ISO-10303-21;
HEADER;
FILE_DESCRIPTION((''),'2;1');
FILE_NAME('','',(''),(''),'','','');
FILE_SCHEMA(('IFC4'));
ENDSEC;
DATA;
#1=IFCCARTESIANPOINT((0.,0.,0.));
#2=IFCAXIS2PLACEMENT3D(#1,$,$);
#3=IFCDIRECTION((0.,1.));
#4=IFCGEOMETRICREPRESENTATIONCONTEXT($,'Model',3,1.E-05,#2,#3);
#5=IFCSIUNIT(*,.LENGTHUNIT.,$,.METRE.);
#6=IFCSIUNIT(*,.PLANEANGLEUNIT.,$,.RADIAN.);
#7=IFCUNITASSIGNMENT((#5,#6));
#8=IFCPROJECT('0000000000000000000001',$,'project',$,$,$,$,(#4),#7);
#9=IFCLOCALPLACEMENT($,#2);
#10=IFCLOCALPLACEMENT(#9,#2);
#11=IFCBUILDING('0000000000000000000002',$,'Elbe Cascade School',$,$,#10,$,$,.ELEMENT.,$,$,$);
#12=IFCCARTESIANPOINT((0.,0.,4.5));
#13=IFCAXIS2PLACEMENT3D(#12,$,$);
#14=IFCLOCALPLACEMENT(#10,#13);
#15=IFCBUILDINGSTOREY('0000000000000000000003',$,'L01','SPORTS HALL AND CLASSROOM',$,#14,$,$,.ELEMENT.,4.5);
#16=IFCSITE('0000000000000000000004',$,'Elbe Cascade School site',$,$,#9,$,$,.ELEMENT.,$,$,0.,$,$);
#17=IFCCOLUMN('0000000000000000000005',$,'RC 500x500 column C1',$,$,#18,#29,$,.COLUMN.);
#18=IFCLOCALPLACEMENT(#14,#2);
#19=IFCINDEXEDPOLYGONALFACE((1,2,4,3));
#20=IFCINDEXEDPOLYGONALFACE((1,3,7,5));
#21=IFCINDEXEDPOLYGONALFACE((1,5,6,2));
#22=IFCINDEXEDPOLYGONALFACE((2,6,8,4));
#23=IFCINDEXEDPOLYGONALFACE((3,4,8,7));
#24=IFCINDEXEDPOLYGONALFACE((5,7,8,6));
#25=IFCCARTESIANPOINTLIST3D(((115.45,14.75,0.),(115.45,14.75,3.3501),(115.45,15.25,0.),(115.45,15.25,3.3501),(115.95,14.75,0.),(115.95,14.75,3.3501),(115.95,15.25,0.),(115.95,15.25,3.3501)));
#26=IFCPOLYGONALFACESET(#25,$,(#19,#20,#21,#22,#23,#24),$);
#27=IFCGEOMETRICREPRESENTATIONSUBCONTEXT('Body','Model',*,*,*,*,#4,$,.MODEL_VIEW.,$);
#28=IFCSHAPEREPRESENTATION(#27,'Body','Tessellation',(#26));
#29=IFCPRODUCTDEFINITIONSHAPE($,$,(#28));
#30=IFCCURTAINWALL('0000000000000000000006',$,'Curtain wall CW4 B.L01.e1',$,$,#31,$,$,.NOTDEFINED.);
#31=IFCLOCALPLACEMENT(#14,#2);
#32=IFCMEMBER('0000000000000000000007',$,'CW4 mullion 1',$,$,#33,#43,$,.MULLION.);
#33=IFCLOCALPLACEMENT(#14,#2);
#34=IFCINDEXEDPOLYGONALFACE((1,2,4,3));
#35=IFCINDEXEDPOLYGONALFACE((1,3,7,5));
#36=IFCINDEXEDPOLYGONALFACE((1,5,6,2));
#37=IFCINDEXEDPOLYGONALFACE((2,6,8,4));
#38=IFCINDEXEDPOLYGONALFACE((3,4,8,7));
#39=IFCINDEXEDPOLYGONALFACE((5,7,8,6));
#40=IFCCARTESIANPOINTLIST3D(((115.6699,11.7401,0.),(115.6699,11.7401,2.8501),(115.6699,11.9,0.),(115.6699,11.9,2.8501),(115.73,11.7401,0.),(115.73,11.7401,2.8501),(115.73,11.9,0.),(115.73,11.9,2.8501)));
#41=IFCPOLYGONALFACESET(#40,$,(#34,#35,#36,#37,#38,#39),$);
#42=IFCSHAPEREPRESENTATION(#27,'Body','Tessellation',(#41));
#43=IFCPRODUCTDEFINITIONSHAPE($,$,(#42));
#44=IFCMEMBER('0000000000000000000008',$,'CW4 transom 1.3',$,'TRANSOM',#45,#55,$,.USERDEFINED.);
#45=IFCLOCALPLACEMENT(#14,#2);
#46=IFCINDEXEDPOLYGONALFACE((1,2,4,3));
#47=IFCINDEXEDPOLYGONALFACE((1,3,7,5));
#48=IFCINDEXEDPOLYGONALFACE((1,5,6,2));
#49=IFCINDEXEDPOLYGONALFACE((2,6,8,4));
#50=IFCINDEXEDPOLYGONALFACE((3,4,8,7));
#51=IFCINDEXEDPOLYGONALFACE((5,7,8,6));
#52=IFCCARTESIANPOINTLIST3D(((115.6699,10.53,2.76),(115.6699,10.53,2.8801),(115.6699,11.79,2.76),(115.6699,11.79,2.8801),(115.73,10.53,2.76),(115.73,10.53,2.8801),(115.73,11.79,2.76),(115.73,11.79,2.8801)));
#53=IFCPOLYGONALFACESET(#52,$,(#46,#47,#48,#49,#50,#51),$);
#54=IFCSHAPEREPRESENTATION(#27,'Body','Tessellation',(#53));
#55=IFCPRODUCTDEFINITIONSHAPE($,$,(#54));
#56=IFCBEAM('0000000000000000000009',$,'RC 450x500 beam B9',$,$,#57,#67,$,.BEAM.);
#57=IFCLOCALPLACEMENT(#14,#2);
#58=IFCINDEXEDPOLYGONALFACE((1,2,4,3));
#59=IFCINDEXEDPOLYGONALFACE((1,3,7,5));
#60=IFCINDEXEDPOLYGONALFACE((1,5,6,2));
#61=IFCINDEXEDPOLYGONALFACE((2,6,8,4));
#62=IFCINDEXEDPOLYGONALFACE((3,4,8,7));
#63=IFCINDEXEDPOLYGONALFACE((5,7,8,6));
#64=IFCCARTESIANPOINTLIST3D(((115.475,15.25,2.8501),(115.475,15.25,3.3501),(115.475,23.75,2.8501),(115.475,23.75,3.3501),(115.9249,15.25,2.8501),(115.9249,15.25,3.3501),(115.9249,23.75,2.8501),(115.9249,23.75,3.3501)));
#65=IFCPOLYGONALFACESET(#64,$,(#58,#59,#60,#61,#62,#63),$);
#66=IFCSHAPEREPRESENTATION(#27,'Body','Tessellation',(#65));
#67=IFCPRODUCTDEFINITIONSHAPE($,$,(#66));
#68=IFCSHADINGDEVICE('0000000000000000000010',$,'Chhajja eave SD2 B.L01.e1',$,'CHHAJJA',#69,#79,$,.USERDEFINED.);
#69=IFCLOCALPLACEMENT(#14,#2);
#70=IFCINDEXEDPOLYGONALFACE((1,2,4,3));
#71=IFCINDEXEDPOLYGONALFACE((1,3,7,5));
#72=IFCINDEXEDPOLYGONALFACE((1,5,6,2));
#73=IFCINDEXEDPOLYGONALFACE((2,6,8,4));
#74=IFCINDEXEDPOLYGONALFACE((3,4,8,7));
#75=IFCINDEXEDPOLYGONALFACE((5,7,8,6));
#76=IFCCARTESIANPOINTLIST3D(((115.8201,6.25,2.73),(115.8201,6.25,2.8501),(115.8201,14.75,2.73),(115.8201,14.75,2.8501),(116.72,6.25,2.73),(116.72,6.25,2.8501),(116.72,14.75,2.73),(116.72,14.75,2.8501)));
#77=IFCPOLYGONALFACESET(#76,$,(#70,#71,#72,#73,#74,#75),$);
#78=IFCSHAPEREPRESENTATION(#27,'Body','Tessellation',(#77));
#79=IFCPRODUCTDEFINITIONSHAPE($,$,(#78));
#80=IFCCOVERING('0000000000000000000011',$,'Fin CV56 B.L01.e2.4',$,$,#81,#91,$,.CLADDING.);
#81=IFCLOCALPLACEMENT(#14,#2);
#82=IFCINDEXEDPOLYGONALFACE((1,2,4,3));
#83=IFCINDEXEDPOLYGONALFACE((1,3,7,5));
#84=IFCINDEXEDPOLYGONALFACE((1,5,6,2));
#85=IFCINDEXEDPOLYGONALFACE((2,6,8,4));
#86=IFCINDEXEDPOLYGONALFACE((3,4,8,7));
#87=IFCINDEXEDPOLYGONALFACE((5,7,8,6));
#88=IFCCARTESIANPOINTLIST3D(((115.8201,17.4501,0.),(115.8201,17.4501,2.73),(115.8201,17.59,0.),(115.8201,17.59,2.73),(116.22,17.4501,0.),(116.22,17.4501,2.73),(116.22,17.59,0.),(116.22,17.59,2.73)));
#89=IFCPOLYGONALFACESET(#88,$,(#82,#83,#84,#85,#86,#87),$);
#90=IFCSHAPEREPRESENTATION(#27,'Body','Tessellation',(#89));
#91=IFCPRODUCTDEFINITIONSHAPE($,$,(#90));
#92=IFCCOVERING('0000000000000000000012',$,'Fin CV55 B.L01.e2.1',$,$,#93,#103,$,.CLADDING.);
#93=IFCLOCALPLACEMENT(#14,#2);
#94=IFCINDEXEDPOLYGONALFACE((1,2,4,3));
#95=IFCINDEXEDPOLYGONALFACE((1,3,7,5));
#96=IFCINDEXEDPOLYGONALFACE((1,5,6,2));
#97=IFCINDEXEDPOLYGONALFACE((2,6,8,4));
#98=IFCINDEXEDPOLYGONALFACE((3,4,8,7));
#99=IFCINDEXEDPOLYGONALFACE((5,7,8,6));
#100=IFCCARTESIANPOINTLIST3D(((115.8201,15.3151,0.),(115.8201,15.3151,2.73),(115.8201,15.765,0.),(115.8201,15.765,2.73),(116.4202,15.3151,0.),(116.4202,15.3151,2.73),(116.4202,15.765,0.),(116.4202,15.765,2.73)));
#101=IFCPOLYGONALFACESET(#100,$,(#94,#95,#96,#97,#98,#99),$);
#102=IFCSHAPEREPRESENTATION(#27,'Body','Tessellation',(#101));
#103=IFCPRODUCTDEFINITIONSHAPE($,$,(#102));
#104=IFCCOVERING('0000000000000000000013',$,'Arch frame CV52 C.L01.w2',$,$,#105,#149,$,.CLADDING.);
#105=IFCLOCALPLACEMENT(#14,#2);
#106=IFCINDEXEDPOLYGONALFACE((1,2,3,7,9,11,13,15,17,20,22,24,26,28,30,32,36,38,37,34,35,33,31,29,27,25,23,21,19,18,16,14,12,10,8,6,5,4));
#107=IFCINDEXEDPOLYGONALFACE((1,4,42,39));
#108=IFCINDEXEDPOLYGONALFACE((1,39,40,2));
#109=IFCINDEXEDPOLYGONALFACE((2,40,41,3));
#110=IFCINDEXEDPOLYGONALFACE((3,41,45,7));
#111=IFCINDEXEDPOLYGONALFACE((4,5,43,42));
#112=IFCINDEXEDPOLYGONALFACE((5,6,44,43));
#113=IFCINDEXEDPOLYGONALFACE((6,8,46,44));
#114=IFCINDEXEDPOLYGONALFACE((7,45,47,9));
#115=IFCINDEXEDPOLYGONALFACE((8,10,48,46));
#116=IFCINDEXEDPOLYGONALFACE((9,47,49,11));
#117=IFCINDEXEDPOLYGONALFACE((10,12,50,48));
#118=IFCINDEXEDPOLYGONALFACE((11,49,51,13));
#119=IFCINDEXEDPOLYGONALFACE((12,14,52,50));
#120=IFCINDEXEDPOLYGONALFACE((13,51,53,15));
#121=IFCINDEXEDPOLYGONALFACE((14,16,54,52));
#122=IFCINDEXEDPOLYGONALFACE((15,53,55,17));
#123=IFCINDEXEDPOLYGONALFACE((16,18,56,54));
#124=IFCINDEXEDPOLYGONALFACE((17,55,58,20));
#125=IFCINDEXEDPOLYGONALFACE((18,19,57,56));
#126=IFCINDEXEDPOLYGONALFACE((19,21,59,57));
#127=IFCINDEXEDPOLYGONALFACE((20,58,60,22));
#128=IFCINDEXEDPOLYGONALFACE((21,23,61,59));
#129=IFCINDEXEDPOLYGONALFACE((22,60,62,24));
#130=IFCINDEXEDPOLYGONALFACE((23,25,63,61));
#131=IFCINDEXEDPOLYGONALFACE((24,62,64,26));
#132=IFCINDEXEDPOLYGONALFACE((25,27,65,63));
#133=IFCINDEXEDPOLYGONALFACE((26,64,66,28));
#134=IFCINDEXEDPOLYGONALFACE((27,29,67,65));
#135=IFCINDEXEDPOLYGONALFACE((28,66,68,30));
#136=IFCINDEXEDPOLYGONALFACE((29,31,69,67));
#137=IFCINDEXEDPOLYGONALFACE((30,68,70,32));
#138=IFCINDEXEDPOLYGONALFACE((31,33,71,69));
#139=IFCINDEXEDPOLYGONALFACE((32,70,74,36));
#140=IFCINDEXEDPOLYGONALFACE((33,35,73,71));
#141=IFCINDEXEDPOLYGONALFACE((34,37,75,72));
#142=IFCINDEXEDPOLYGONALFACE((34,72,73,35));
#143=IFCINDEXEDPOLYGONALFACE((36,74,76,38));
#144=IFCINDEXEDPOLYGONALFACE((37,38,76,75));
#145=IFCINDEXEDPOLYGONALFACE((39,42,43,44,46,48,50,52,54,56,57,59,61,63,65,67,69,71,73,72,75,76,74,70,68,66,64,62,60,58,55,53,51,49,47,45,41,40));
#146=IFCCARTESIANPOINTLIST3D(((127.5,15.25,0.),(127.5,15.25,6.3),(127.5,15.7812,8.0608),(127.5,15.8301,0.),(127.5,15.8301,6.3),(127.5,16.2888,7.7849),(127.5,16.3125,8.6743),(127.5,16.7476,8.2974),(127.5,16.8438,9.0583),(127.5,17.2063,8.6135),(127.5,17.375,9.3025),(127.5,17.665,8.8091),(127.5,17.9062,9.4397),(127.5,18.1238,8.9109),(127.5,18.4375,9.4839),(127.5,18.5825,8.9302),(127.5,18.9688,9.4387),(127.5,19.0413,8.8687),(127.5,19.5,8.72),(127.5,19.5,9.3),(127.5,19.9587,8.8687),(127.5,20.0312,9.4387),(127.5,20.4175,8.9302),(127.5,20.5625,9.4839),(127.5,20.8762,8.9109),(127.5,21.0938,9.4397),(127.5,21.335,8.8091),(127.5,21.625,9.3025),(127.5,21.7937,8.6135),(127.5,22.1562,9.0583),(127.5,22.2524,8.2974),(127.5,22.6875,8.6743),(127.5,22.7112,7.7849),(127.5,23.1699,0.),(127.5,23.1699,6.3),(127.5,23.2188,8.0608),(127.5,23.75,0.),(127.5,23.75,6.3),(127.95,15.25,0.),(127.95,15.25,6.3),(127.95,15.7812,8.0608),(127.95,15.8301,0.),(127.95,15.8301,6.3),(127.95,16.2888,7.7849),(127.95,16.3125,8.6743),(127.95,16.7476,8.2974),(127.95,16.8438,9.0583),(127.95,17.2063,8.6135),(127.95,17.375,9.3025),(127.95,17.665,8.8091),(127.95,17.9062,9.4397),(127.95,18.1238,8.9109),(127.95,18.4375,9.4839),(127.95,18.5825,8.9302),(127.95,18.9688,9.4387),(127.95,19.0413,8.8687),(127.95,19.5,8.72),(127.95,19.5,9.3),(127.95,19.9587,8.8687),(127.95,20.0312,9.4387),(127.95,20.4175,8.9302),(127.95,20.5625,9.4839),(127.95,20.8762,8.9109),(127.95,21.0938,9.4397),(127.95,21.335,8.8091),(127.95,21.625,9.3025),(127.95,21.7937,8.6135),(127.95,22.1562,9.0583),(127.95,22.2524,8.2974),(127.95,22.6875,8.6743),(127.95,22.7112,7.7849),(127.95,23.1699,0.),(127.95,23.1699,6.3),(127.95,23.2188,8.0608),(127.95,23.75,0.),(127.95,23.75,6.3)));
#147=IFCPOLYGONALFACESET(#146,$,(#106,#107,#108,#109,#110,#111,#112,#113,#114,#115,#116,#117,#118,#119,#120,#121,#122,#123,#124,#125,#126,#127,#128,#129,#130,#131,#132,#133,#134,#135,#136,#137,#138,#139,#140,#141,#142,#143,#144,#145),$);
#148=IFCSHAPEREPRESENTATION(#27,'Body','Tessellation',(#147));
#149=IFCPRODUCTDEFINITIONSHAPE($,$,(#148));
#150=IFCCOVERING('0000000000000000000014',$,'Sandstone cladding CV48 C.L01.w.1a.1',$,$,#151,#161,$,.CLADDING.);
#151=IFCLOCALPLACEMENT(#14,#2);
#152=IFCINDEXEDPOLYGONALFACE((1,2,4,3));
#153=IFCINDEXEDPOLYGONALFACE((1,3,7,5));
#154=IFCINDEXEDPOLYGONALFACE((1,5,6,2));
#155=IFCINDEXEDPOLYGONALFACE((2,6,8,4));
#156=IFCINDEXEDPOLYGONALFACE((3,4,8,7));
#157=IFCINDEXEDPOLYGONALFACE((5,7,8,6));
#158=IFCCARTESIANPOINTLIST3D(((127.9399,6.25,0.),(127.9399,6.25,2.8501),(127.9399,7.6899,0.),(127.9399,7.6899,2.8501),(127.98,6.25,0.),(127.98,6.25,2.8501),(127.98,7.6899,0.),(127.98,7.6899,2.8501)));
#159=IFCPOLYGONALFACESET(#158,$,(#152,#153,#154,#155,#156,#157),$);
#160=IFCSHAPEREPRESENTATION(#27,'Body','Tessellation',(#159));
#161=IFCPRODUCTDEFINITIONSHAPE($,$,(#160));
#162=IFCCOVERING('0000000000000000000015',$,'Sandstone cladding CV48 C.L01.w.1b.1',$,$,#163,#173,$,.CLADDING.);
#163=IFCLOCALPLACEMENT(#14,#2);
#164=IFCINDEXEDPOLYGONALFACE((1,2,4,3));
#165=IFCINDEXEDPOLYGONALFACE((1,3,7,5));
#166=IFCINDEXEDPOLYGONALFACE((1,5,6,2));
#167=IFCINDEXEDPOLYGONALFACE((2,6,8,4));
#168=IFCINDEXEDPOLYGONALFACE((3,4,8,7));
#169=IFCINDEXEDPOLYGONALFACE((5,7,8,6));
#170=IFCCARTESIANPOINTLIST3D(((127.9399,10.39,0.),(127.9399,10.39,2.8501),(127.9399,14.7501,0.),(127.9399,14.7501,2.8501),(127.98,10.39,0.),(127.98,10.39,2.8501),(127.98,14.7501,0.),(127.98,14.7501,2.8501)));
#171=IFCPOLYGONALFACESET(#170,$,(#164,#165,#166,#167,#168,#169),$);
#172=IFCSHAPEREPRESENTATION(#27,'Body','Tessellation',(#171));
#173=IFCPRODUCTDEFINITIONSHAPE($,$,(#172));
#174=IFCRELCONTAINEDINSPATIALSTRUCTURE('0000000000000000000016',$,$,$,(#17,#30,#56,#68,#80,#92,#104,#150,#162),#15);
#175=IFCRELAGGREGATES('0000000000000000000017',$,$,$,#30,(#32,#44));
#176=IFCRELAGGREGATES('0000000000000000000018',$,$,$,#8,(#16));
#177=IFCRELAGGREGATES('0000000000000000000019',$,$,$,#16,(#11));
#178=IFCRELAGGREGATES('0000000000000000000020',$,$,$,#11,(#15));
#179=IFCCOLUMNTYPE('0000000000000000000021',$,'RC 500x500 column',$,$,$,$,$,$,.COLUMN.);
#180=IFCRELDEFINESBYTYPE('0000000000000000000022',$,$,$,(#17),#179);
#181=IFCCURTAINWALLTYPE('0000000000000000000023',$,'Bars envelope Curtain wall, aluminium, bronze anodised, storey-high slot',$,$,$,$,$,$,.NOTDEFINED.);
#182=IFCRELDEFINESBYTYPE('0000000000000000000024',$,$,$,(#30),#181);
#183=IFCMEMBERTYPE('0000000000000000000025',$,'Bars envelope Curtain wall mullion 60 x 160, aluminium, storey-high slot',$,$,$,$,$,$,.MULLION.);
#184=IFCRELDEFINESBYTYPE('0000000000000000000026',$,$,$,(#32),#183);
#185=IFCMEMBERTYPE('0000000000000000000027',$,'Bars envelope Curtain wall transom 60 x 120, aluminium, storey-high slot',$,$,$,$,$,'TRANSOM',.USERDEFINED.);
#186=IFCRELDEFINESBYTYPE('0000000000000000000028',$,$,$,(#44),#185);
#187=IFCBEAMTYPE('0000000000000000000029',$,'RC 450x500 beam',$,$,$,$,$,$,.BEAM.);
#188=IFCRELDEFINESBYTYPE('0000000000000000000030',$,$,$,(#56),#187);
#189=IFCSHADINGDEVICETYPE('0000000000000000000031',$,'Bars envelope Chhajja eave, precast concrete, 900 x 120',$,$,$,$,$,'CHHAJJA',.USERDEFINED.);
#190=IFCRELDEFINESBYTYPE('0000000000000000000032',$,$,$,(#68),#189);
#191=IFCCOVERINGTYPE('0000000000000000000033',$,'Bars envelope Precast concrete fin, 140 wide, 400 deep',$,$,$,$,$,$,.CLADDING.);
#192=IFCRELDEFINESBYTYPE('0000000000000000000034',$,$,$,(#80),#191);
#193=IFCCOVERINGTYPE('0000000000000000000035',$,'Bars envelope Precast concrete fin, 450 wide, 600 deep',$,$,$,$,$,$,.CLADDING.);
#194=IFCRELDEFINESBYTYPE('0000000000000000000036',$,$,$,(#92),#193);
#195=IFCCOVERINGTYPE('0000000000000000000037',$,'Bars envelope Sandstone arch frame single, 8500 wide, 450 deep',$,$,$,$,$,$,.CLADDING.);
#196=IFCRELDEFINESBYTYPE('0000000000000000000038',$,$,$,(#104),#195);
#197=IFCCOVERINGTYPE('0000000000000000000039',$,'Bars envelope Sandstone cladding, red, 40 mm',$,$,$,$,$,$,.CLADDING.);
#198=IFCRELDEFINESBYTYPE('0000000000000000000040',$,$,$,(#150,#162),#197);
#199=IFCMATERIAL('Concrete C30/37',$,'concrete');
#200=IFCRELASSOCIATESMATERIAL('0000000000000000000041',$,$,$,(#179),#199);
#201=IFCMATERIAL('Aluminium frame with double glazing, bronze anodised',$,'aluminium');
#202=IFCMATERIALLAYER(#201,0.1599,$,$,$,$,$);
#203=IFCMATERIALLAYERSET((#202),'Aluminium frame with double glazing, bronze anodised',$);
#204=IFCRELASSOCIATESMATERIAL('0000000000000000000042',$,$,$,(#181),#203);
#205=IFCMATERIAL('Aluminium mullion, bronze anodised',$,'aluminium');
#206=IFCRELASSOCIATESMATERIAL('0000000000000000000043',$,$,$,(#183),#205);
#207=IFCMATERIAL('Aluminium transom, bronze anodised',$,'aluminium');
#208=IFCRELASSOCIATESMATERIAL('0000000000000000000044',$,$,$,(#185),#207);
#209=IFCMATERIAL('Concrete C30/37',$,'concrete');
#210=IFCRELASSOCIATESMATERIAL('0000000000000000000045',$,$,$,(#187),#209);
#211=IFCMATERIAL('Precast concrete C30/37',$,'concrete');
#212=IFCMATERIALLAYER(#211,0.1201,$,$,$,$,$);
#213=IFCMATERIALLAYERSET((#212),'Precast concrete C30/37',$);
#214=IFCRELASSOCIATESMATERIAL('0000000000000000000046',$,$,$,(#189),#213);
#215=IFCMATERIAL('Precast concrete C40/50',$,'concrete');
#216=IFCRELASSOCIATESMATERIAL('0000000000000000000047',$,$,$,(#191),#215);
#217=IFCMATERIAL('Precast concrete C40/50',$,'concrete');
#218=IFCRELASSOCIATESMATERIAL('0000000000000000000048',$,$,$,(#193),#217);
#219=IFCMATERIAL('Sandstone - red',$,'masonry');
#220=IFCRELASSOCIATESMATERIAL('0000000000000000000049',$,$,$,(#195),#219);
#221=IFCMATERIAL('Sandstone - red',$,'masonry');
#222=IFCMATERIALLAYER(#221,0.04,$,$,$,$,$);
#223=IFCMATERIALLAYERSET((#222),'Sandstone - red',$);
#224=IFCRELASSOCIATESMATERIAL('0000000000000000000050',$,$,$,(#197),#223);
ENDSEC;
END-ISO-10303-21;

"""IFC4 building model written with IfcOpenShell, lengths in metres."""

from ifc_helpers import new_model, si_unit, direction, frame, origin, origin_2d, place, context, subcontext, project, spatial, polyline, rectangle, outline, extrude, material, layer, layer_set, material_profile, profile_set, type_object, element, aggregate, save


model = new_model("IFC4")

# Units and contexts
model_context = context("Model", 3, precision=1e-05, world=origin(), true_north=direction((0.0, 1.0)))
body_context = subcontext(model_context, "Body", "Model", "MODEL_VIEW")
ifc_project = project(units=[si_unit("LENGTHUNIT", "METRE"), si_unit("PLANEANGLEUNIT", "RADIAN")], contexts=[model_context])

# Site, building, storey
site_placement = place(None, origin())
site = spatial("IfcSite", under=ifc_project, at=site_placement, Name="Elbe Cascade School site", CompositionType="ELEMENT", RefElevation=0.0)
building_placement = place(site_placement, origin())
building = spatial("IfcBuilding", under=site, at=building_placement, Name="Elbe Cascade School", CompositionType="ELEMENT")
storey_placement = place(building_placement, frame((0.0, 0.0, 4.5)))
storey = spatial("IfcBuildingStorey", under=building, at=storey_placement, Name="L01", Description="SPORTS HALL AND CLASSROOM", CompositionType="ELEMENT", Elevation=4.5)

# Column
ifc_material_1 = material(Name="Concrete C30/37", Category="concrete")
ifc_material_profile_1 = material_profile(ifc_material_1, rectangle(XDim=0.5, YDim=0.5, at=origin_2d()), Name="RC 500x500")
ifc_profile_set_1 = profile_set([ifc_material_profile_1], Name="Concrete C30/37")
column_type = type_object("IfcColumnType", Name="RC 500x500 column", PredefinedType="COLUMN", material=ifc_profile_set_1)
column_placement = place(storey_placement, frame((115.7, 15.0, 0.0), z_axis=(0.0, 0.0, 1.0), x_axis=(1.0, 0.0, 0.0)))
element("IfcColumn", 1, at=column_placement, inside=storey, type_object=column_type, Name="RC 500x500 column C1", PredefinedType="COLUMN", context=body_context, shape_type="SweptSolid", body=[
    extrude(rectangle(XDim=0.5, YDim=0.5, at=origin_2d()), origin(), (0.0, 0.0, 1.0), 3.3501),
])

# Curtain wall, members
ifc_material_2 = material(Name="Aluminium frame with double glazing, bronze anodised", Category="aluminium")
ifc_layer_1 = layer(ifc_material_2, 0.1599)
ifc_layer_set_1 = layer_set([ifc_layer_1], Name="Aluminium frame with double glazing, bronze anodised")
curtain_wall_type = type_object("IfcCurtainWallType", Name="Bars envelope Curtain wall, aluminium, bronze anodised, storey-high slot", PredefinedType="NOTDEFINED", material=ifc_layer_set_1)
curtain_wall_placement = place(storey_placement, origin())
curtain_wall = element("IfcCurtainWall", 2, at=curtain_wall_placement, inside=storey, type_object=curtain_wall_type, Name="Curtain wall CW4 B.L01.e1", PredefinedType="NOTDEFINED")
ifc_material_3 = material(Name="Aluminium mullion, bronze anodised", Category="aluminium")
ifc_material_profile_2 = material_profile(ifc_material_3, rectangle(XDim=0.0601, YDim=0.1599, at=origin_2d()), Name="Bars envelope Curtain wall mullion 60 x 160, aluminium, storey-high slot")
ifc_profile_set_2 = profile_set([ifc_material_profile_2], Name="Aluminium mullion, bronze anodised")
member_type_1 = type_object("IfcMemberType", Name="Bars envelope Curtain wall mullion 60 x 160, aluminium, storey-high slot", PredefinedType="MULLION", material=ifc_profile_set_2)
member_1_placement = place(storey_placement, frame((115.7, 11.8201, 0.0), z_axis=(0.0, 0.0, 1.0), x_axis=(1.0, 0.0, 0.0)))
member_1 = element("IfcMember", 3, at=member_1_placement, type_object=member_type_1, Name="CW4 mullion 1", PredefinedType="MULLION", context=body_context, shape_type="SweptSolid", body=[
    extrude(rectangle(XDim=0.0601, YDim=0.1599, at=origin_2d()), origin(), (0.0, 0.0, 1.0), 2.8501),
])
ifc_material_4 = material(Name="Aluminium transom, bronze anodised", Category="aluminium")
ifc_material_profile_3 = material_profile(ifc_material_4, rectangle(XDim=0.0601, YDim=0.1201, at=origin_2d()), Name="Bars envelope Curtain wall transom 60 x 120, aluminium, storey-high slot")
ifc_profile_set_3 = profile_set([ifc_material_profile_3], Name="Aluminium transom, bronze anodised")
member_type_2 = type_object("IfcMemberType", Name="Bars envelope Curtain wall transom 60 x 120, aluminium, storey-high slot", ElementType="TRANSOM", PredefinedType="USERDEFINED", material=ifc_profile_set_3)
member_2_placement = place(storey_placement, frame((115.7, 11.79, 2.8201), z_axis=(0.0, -1.0, 0.0), x_axis=(1.0, 0.0, 0.0)))
member_2 = element("IfcMember", 4, at=member_2_placement, type_object=member_type_2, Name="CW4 transom 1.3", ObjectType="TRANSOM", PredefinedType="USERDEFINED", context=body_context, shape_type="SweptSolid", body=[
    extrude(rectangle(XDim=0.0601, YDim=0.1201, at=origin_2d()), origin(), (0.0, 0.0, 1.0), 1.26),
])
aggregate(curtain_wall, [member_1, member_2])

# Beam
ifc_material_5 = material(Name="Concrete C30/37", Category="concrete")
ifc_material_profile_4 = material_profile(ifc_material_5, rectangle(XDim=0.45, YDim=0.5, at=origin_2d()), Name="RC 450x500")
ifc_profile_set_4 = profile_set([ifc_material_profile_4], Name="Concrete C30/37")
beam_type = type_object("IfcBeamType", Name="RC 450x500 beam", PredefinedType="BEAM", material=ifc_profile_set_4)
beam_placement = place(storey_placement, frame((115.7, 15.25, 3.1001), z_axis=(0.0, 1.0, 0.0), x_axis=(-1.0, 0.0, 0.0)))
element("IfcBeam", 5, at=beam_placement, inside=storey, type_object=beam_type, Name="RC 450x500 beam B9", PredefinedType="BEAM", context=body_context, shape_type="SweptSolid", body=[
    extrude(rectangle(XDim=0.45, YDim=0.5, at=origin_2d()), origin(), (0.0, 0.0, 1.0), 8.5),
])

# Shading device
ifc_material_6 = material(Name="Precast concrete C30/37", Category="concrete")
ifc_layer_2 = layer(ifc_material_6, 0.1201)
ifc_layer_set_2 = layer_set([ifc_layer_2], Name="Precast concrete C30/37")
shading_device_type_1 = type_object("IfcShadingDeviceType", Name="Bars envelope Chhajja eave, precast concrete, 900 x 120", ElementType="CHHAJJA", PredefinedType="USERDEFINED", material=ifc_layer_set_2)
shading_device_1_placement = place(storey_placement, frame((116.27, 10.5, 2.73), z_axis=(0.0, 0.0, 1.0), x_axis=(0.0, 1.0, 0.0)))
element("IfcShadingDevice", 6, at=shading_device_1_placement, inside=storey, type_object=shading_device_type_1, Name="Chhajja eave SD2 B.L01.e1", ObjectType="CHHAJJA", PredefinedType="USERDEFINED", context=body_context, shape_type="SweptSolid", body=[
    extrude(rectangle(XDim=8.5, YDim=0.8999, at=origin_2d()), origin(), (0.0, 0.0, 1.0), 0.1201),
])

# Coverings
ifc_material_7 = material(Name="Precast concrete C40/50", Category="concrete")
covering_type_1 = type_object("IfcCoveringType", Name="Bars envelope Precast concrete fin, 140 wide, 400 deep", PredefinedType="CLADDING", material=ifc_material_7)
covering_1_placement = place(storey_placement, frame((116.02, 17.52, 0.0), z_axis=(0.0, 0.0, 1.0), x_axis=(0.0, 1.0, 0.0)))
element("IfcCovering", 7, at=covering_1_placement, inside=storey, type_object=covering_type_1, Name="Fin CV56 B.L01.e2.4", PredefinedType="CLADDING", context=body_context, shape_type="SweptSolid", body=[
    extrude(rectangle(XDim=0.1399, YDim=0.3999, at=origin_2d()), origin(), (0.0, 0.0, 1.0), 2.73),
])
ifc_material_8 = material(Name="Precast concrete C40/50", Category="concrete")
covering_type_2 = type_object("IfcCoveringType", Name="Bars envelope Precast concrete fin, 450 wide, 600 deep", PredefinedType="CLADDING", material=ifc_material_8)
covering_2_placement = place(storey_placement, frame((116.1201, 15.54, 0.0), z_axis=(0.0, 0.0, 1.0), x_axis=(0.0, 1.0, 0.0)))
element("IfcCovering", 8, at=covering_2_placement, inside=storey, type_object=covering_type_2, Name="Fin CV55 B.L01.e2.1", PredefinedType="CLADDING", context=body_context, shape_type="SweptSolid", body=[
    extrude(rectangle(XDim=0.45, YDim=0.6001, at=origin_2d()), origin(), (0.0, 0.0, 1.0), 2.73),
])
ifc_material_9 = material(Name="Sandstone - red", Category="masonry")
covering_type_3 = type_object("IfcCoveringType", Name="Bars envelope Sandstone arch frame single, 8500 wide, 450 deep", PredefinedType="CLADDING", material=ifc_material_9)
covering_3_placement = place(storey_placement, frame((127.5, 15.25, 0.0), z_axis=(-1.0, 0.0, 0.0), x_axis=(0.0, 0.0, 1.0)))
element("IfcCovering", 9, at=covering_3_placement, inside=storey, type_object=covering_type_3, Name="Arch frame CV52 C.L01.w2", PredefinedType="CLADDING", context=body_context, shape_type="SweptSolid", body=[
    extrude(outline(polyline([(0.0, 0.0), (6.3, 0.0), (8.0608, 0.5312), (8.6743, 1.0625), (9.0583, 1.5938), (9.3025, 2.125), (9.4397, 2.6562), (9.4839, 3.1875), (9.4387, 3.7188), (9.3, 4.25), (9.4387, 4.7812), (9.4839, 5.3125), (9.4397, 5.8438), (9.3025, 6.375), (9.0583, 6.9062), (8.6743, 7.4375), (8.0608, 7.9688), (6.3, 8.5), (0.0, 8.5), (0.0, 7.9199), (6.3, 7.9199), (7.7849, 7.4612), (8.2974, 7.0024), (8.6135, 6.5437), (8.8091, 6.085), (8.9109, 5.6262), (8.9302, 5.1675), (8.8687, 4.7087), (8.72, 4.25), (8.8687, 3.7913), (8.9302, 3.3325), (8.9109, 2.8738), (8.8091, 2.415), (8.6135, 1.9563), (8.2974, 1.4976), (7.7849, 1.0388), (6.3, 0.5801), (0.0, 0.5801), (0.0, 0.0)])), origin(), (0.0, 0.0, -1.0), 0.45),
])
ifc_material_10 = material(Name="Sandstone - red", Category="masonry")
ifc_layer_3 = layer(ifc_material_10, 0.04)
ifc_layer_set_3 = layer_set([ifc_layer_3], Name="Sandstone - red")
covering_type_4 = type_object("IfcCoveringType", Name="Bars envelope Sandstone cladding, red, 40 mm", PredefinedType="CLADDING", material=ifc_layer_set_3)
covering_4_placement = place(storey_placement, frame((127.96, 6.97, 0.0), z_axis=(0.0, 0.0, 1.0), x_axis=(0.0, 1.0, 0.0)))
element("IfcCovering", 10, at=covering_4_placement, inside=storey, type_object=covering_type_4, Name="Sandstone cladding CV48 C.L01.w.1a.1", PredefinedType="CLADDING", context=body_context, shape_type="SweptSolid", body=[
    extrude(rectangle(XDim=1.4399, YDim=0.04, at=origin_2d()), origin(), (0.0, 0.0, 1.0), 2.8501),
])
covering_5_placement = place(storey_placement, frame((127.96, 12.5701, 0.0), z_axis=(0.0, 0.0, 1.0), x_axis=(0.0, 1.0, 0.0)))
element("IfcCovering", 11, at=covering_5_placement, inside=storey, type_object=covering_type_4, Name="Sandstone cladding CV48 C.L01.w.1b.1", PredefinedType="CLADDING", context=body_context, shape_type="SweptSolid", body=[
    extrude(rectangle(XDim=4.3601, YDim=0.04, at=origin_2d()), origin(), (0.0, 0.0, 1.0), 2.8501),
])

save(model, "model.ifc")
